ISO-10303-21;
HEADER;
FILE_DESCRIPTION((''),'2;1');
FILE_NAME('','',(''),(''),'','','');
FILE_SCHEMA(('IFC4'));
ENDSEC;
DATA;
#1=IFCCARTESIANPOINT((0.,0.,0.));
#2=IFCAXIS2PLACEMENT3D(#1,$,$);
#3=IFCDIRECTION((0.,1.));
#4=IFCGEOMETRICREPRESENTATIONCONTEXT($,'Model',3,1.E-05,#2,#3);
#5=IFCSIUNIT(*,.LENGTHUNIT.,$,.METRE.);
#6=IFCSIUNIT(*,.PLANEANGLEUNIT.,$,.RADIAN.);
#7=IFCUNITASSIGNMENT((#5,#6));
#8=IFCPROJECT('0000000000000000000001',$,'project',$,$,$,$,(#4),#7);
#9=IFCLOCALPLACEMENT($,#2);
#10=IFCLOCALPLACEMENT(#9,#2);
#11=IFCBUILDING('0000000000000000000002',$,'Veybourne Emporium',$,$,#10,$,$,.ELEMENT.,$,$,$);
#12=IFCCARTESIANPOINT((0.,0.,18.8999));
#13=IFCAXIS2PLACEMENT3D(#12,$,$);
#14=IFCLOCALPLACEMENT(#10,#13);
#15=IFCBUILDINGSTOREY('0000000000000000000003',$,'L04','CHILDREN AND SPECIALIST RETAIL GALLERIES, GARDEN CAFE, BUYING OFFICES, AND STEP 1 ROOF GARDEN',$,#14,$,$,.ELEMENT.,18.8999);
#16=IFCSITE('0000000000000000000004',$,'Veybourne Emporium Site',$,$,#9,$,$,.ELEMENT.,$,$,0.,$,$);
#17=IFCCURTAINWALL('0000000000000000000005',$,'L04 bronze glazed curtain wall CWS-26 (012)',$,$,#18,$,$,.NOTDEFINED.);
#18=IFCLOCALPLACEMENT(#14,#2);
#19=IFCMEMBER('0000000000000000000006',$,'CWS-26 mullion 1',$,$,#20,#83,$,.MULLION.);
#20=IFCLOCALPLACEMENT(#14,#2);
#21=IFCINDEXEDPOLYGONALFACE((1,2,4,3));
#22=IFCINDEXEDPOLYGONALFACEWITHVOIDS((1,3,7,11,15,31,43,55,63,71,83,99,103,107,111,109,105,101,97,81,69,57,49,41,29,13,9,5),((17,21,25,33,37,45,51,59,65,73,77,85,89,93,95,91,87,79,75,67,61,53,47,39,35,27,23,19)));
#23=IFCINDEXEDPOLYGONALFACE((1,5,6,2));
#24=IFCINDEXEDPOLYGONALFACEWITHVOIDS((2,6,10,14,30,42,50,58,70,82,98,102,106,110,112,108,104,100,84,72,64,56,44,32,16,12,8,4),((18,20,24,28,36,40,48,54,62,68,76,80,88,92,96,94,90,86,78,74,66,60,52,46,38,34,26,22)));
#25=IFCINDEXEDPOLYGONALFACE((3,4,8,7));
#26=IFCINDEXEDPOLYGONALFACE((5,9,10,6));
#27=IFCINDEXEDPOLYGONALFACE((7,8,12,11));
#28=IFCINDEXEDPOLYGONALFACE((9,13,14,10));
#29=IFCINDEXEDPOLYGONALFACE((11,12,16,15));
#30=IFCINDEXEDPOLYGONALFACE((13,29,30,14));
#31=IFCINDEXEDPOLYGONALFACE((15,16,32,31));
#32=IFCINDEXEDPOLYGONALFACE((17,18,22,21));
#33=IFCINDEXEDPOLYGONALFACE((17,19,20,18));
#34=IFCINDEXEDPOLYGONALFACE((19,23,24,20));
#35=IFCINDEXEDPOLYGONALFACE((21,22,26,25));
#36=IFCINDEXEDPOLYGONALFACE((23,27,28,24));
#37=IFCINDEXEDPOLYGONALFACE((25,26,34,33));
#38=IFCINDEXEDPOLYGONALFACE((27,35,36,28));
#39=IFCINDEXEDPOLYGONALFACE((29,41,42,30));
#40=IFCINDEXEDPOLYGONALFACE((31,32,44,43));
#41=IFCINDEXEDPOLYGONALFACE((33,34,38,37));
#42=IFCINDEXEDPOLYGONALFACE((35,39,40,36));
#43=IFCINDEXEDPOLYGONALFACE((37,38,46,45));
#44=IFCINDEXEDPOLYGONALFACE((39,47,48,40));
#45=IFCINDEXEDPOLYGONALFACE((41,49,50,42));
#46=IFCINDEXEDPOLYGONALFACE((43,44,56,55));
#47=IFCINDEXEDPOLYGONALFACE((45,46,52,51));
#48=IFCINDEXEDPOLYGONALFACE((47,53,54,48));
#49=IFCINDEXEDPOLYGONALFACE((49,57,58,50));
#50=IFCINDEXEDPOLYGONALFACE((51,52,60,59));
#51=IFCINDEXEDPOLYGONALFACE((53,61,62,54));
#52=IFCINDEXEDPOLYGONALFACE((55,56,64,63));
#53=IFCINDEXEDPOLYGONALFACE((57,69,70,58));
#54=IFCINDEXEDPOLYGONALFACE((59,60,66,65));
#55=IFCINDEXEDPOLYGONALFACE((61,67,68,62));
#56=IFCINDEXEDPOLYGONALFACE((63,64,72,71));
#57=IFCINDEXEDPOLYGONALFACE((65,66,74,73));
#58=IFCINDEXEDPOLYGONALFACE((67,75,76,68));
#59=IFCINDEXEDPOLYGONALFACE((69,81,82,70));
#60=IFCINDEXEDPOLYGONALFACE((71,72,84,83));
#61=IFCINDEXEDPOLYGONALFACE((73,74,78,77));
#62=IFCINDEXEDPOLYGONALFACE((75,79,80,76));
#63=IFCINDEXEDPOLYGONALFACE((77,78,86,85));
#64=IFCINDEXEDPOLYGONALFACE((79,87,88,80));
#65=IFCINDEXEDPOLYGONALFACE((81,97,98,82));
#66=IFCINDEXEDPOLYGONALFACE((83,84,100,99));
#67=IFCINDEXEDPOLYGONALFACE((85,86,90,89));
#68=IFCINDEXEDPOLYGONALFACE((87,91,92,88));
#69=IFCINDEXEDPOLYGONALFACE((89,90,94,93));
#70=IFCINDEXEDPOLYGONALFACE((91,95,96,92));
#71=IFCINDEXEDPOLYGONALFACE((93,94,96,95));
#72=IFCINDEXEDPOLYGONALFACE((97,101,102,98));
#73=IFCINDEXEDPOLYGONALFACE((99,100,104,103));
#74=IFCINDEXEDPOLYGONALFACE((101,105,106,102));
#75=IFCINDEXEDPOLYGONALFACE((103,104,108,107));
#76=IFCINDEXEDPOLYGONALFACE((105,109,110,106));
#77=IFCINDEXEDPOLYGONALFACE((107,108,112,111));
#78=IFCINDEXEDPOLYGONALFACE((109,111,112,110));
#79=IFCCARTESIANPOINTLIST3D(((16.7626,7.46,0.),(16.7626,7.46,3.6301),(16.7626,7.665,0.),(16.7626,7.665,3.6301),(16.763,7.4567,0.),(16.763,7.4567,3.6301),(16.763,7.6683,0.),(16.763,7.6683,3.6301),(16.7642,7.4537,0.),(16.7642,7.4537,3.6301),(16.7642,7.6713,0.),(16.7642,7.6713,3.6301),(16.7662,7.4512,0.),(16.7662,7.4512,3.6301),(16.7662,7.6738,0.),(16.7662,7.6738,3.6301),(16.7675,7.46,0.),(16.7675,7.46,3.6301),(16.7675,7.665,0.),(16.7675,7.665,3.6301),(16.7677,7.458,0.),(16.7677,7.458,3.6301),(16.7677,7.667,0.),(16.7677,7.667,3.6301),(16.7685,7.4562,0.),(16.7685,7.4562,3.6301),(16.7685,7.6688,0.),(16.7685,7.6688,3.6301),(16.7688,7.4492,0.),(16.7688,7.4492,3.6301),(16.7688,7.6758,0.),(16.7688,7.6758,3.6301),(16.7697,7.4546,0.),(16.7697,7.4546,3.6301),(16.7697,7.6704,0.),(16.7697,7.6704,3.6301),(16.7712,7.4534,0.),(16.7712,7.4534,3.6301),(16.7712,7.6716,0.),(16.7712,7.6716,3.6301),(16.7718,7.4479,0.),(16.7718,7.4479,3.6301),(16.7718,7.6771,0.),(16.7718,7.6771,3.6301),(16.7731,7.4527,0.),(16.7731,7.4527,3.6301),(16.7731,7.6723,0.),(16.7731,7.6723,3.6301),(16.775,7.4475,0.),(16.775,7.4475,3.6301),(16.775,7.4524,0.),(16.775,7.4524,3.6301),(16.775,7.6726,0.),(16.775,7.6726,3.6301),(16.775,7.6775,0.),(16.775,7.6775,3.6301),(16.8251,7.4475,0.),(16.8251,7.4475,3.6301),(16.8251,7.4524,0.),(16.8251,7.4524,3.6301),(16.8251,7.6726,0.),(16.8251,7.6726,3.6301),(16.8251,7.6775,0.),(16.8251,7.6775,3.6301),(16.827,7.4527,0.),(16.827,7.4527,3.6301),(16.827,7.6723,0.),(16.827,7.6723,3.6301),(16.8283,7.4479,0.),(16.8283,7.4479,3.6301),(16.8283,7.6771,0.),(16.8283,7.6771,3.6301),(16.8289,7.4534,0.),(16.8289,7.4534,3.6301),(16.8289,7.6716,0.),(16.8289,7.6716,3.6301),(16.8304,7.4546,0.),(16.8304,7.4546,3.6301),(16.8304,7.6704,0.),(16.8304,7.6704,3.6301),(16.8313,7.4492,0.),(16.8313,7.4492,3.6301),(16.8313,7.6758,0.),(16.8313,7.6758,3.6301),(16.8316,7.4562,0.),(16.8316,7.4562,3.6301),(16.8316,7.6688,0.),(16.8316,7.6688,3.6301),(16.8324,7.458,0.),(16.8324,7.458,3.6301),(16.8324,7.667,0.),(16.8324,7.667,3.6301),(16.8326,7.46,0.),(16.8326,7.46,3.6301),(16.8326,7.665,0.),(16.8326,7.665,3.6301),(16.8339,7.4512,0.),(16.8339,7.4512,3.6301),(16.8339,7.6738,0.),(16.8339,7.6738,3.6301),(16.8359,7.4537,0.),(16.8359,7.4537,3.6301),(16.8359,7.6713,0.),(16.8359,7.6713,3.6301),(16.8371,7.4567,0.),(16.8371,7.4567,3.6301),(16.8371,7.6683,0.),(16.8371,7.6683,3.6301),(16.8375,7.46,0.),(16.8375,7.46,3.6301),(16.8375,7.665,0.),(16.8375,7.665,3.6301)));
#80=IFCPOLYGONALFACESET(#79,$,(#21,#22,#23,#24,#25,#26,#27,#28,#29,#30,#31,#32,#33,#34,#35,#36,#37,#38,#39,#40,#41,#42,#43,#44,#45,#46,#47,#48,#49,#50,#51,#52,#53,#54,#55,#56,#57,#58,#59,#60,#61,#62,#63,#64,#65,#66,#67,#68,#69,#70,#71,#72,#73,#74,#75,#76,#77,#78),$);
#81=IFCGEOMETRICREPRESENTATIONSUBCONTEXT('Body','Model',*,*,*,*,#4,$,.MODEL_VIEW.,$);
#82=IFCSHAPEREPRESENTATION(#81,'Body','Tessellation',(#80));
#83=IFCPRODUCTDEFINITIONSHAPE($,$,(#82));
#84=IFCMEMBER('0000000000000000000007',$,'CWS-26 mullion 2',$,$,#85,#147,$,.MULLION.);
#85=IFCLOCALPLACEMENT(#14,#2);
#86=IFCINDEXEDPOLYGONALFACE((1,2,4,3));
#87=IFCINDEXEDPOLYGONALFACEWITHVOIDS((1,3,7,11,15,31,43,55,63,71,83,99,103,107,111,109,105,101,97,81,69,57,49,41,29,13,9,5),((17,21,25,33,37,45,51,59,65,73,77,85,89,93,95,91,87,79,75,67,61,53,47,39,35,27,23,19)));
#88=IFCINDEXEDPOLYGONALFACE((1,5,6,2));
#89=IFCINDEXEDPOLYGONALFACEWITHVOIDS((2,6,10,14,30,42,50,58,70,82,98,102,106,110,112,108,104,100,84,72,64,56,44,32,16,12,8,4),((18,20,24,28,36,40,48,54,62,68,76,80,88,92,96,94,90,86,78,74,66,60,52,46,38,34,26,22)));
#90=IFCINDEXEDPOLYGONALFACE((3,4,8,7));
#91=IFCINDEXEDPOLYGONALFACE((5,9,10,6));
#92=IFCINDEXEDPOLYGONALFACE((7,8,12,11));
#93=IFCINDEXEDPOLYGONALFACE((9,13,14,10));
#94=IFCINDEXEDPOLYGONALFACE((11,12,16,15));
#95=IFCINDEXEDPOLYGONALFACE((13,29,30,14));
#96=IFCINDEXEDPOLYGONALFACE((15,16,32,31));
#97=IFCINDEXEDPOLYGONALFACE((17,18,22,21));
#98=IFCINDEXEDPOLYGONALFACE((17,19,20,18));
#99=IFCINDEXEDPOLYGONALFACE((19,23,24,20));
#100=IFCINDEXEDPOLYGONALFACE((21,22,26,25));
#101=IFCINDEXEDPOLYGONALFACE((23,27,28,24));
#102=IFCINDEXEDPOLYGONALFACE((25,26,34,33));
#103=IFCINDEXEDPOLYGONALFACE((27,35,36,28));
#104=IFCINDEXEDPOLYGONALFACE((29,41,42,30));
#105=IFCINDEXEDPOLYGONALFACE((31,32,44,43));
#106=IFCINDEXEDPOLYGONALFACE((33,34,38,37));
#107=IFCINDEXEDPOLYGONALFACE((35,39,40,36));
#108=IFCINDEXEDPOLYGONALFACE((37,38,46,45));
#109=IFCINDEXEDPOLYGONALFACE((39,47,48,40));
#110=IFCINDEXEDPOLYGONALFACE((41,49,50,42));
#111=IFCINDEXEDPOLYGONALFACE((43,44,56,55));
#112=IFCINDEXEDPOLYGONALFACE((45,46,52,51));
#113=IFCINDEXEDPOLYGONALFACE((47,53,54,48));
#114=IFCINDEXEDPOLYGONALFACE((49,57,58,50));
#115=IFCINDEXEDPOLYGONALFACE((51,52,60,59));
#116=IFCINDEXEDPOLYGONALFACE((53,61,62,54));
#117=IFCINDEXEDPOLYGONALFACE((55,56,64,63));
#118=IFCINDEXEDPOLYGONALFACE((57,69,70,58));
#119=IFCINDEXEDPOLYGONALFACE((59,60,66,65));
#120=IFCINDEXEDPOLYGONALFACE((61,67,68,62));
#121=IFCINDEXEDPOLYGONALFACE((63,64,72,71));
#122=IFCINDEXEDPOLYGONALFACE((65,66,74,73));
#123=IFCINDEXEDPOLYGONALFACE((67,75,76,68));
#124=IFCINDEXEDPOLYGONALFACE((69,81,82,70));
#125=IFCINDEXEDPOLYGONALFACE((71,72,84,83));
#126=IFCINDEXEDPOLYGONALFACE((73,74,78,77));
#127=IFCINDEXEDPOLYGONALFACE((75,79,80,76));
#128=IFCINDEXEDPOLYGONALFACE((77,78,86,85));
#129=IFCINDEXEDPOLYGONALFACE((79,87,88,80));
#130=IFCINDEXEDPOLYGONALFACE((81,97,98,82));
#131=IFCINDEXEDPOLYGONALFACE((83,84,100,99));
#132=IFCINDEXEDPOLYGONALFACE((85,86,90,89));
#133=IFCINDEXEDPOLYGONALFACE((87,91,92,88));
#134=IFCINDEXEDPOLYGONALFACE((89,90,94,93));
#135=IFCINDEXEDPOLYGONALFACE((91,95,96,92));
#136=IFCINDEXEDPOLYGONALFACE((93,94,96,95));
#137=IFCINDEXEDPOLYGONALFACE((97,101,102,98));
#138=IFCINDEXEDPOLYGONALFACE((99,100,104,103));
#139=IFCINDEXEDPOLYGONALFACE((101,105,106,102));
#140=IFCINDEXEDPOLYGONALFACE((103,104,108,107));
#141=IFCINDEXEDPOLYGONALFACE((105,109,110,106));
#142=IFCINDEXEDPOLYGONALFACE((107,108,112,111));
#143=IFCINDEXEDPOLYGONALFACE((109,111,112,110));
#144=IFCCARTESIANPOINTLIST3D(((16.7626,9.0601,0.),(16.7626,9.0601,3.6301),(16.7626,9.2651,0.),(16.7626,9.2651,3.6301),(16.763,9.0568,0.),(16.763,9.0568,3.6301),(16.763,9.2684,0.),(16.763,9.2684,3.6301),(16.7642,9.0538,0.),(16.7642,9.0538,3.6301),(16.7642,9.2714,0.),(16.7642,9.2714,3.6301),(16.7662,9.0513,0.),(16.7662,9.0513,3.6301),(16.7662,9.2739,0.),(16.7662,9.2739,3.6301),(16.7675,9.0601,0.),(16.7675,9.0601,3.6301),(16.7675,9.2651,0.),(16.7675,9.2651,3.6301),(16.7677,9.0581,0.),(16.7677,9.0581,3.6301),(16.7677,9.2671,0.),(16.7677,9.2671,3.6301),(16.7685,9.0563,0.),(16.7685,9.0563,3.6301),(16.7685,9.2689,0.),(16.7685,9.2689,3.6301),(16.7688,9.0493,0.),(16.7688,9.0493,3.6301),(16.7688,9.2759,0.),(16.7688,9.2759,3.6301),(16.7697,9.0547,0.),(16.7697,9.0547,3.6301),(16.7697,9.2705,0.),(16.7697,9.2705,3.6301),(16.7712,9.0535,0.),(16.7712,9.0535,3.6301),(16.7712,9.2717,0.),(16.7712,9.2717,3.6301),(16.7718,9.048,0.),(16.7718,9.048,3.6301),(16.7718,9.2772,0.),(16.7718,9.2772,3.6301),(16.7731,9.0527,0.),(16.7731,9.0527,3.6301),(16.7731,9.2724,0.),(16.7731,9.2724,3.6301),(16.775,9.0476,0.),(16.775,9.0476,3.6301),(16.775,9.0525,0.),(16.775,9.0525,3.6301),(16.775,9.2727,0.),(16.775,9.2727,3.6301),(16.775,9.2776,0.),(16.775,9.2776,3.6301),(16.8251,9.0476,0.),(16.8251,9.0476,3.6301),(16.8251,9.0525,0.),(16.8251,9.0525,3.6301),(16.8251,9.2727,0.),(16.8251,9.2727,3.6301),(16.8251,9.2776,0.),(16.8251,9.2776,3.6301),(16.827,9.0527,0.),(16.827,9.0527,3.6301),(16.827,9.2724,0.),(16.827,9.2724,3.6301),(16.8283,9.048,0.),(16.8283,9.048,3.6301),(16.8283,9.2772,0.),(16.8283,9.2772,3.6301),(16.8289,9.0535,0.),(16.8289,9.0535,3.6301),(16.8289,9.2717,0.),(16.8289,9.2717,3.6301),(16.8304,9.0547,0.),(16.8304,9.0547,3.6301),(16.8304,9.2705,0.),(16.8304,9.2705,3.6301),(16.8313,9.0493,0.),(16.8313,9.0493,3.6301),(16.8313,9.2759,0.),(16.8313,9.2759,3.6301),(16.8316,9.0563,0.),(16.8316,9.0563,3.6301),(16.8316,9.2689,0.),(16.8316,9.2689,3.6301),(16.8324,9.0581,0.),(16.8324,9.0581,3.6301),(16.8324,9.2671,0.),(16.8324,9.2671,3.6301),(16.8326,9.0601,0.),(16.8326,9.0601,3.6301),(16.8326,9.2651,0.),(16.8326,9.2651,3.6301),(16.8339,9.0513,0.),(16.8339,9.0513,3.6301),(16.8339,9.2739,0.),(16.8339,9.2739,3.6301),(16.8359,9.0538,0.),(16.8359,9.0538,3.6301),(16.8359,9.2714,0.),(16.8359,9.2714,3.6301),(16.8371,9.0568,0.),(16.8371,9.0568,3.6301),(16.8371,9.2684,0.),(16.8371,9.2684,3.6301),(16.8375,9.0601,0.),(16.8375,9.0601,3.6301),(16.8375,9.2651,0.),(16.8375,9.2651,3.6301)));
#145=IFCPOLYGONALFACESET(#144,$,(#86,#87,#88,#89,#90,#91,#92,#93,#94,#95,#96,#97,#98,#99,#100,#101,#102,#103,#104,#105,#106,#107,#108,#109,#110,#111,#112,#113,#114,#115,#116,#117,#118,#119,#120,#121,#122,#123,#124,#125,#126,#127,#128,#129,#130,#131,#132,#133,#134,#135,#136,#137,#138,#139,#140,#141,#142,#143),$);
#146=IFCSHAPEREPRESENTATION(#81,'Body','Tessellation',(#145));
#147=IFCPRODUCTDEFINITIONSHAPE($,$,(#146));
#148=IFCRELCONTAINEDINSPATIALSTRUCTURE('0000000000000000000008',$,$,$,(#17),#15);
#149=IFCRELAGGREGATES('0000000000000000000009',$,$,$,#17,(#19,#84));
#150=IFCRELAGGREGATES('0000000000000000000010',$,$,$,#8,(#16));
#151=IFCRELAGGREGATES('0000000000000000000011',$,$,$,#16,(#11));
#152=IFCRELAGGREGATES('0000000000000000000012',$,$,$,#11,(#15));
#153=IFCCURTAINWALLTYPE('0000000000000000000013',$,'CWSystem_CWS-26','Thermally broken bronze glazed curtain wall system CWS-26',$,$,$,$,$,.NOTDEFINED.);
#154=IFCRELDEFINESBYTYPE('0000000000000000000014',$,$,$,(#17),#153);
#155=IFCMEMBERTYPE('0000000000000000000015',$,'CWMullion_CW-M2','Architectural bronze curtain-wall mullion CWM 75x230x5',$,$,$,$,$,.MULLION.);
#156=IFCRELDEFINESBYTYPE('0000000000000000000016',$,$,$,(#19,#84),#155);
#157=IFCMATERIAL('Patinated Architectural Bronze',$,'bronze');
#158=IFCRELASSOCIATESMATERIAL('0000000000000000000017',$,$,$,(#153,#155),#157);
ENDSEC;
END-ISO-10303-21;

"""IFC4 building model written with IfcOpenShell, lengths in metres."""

from ifc_helpers import new_model, si_unit, direction, frame, origin, origin_2d, place, context, subcontext, project, spatial, hollow_rectangle, extrude, material, material_profile, profile_set, type_object, element, aggregate, save


model = new_model("IFC4")

# Units and contexts
model_context = context("Model", 3, precision=1e-05, world=origin(), true_north=direction((0.0, 1.0)))
body_context = subcontext(model_context, "Body", "Model", "MODEL_VIEW")
ifc_project = project(units=[si_unit("LENGTHUNIT", "METRE"), si_unit("PLANEANGLEUNIT", "RADIAN")], contexts=[model_context])

# Site, building, storey
site_placement = place(None, origin())
site = spatial("IfcSite", under=ifc_project, at=site_placement, Name="Veybourne Emporium Site", CompositionType="ELEMENT", RefElevation=0.0)
building_placement = place(site_placement, origin())
building = spatial("IfcBuilding", under=site, at=building_placement, Name="Veybourne Emporium", CompositionType="ELEMENT")
storey_placement = place(building_placement, frame((0.0, 0.0, 18.8999)))
storey = spatial("IfcBuildingStorey", under=building, at=storey_placement, Name="L04", Description="CHILDREN AND SPECIALIST RETAIL GALLERIES, GARDEN CAFE, BUYING OFFICES, AND STEP 1 ROOF GARDEN", CompositionType="ELEMENT", Elevation=18.8999)

# Curtain wall, members
ifc_material_1 = material(Name="Patinated Architectural Bronze", Category="bronze")
curtain_wall_type = type_object("IfcCurtainWallType", Name="CWSystem_CWS-26", Description="Thermally broken bronze glazed curtain wall system CWS-26", PredefinedType="NOTDEFINED", material=ifc_material_1)
curtain_wall_placement = place(storey_placement, origin())
curtain_wall = element("IfcCurtainWall", 1, at=curtain_wall_placement, inside=storey, type_object=curtain_wall_type, Name="L04 bronze glazed curtain wall CWS-26 (012)", PredefinedType="NOTDEFINED")
ifc_material_profile_1 = material_profile(ifc_material_1, hollow_rectangle(XDim=0.075, YDim=0.23, WallThickness=0.0049, InnerFilletRadius=0.0076, OuterFilletRadius=0.0125, at=origin_2d()), Name="CWM 75x230x5")
ifc_profile_set_1 = profile_set([ifc_material_profile_1], Name="Patinated Architectural Bronze")
member_type_1 = type_object("IfcMemberType", Name="CWMullion_CW-M2", Description="Architectural bronze curtain-wall mullion CWM 75x230x5", PredefinedType="MULLION", material=ifc_profile_set_1)
member_1_placement = place(storey_placement, frame((16.8, 7.5625, 0.0), z_axis=(0.0, 0.0, 1.0), x_axis=(-1.0, 0.0, 0.0)))
member_1 = element("IfcMember", 2, at=member_1_placement, type_object=member_type_1, Name="CWS-26 mullion 1", PredefinedType="MULLION", context=body_context, shape_type="SweptSolid", body=[
    extrude(hollow_rectangle(XDim=0.075, YDim=0.23, WallThickness=0.0049, InnerFilletRadius=0.0076, OuterFilletRadius=0.0125, at=origin_2d()), origin(), (0.0, 0.0, 1.0), 3.6301),
])
member_2_placement = place(storey_placement, frame((16.8, 9.1626, 0.0), z_axis=(0.0, 0.0, 1.0), x_axis=(-1.0, 0.0, 0.0)))
member_2 = element("IfcMember", 3, at=member_2_placement, type_object=member_type_1, Name="CWS-26 mullion 2", PredefinedType="MULLION", context=body_context, shape_type="SweptSolid", body=[
    extrude(hollow_rectangle(XDim=0.075, YDim=0.23, WallThickness=0.0049, InnerFilletRadius=0.0076, OuterFilletRadius=0.0125, at=origin_2d()), origin(), (0.0, 0.0, 1.0), 3.6301),
])

aggregate(curtain_wall, [member_1, member_2])

save(model, "model.ifc")
